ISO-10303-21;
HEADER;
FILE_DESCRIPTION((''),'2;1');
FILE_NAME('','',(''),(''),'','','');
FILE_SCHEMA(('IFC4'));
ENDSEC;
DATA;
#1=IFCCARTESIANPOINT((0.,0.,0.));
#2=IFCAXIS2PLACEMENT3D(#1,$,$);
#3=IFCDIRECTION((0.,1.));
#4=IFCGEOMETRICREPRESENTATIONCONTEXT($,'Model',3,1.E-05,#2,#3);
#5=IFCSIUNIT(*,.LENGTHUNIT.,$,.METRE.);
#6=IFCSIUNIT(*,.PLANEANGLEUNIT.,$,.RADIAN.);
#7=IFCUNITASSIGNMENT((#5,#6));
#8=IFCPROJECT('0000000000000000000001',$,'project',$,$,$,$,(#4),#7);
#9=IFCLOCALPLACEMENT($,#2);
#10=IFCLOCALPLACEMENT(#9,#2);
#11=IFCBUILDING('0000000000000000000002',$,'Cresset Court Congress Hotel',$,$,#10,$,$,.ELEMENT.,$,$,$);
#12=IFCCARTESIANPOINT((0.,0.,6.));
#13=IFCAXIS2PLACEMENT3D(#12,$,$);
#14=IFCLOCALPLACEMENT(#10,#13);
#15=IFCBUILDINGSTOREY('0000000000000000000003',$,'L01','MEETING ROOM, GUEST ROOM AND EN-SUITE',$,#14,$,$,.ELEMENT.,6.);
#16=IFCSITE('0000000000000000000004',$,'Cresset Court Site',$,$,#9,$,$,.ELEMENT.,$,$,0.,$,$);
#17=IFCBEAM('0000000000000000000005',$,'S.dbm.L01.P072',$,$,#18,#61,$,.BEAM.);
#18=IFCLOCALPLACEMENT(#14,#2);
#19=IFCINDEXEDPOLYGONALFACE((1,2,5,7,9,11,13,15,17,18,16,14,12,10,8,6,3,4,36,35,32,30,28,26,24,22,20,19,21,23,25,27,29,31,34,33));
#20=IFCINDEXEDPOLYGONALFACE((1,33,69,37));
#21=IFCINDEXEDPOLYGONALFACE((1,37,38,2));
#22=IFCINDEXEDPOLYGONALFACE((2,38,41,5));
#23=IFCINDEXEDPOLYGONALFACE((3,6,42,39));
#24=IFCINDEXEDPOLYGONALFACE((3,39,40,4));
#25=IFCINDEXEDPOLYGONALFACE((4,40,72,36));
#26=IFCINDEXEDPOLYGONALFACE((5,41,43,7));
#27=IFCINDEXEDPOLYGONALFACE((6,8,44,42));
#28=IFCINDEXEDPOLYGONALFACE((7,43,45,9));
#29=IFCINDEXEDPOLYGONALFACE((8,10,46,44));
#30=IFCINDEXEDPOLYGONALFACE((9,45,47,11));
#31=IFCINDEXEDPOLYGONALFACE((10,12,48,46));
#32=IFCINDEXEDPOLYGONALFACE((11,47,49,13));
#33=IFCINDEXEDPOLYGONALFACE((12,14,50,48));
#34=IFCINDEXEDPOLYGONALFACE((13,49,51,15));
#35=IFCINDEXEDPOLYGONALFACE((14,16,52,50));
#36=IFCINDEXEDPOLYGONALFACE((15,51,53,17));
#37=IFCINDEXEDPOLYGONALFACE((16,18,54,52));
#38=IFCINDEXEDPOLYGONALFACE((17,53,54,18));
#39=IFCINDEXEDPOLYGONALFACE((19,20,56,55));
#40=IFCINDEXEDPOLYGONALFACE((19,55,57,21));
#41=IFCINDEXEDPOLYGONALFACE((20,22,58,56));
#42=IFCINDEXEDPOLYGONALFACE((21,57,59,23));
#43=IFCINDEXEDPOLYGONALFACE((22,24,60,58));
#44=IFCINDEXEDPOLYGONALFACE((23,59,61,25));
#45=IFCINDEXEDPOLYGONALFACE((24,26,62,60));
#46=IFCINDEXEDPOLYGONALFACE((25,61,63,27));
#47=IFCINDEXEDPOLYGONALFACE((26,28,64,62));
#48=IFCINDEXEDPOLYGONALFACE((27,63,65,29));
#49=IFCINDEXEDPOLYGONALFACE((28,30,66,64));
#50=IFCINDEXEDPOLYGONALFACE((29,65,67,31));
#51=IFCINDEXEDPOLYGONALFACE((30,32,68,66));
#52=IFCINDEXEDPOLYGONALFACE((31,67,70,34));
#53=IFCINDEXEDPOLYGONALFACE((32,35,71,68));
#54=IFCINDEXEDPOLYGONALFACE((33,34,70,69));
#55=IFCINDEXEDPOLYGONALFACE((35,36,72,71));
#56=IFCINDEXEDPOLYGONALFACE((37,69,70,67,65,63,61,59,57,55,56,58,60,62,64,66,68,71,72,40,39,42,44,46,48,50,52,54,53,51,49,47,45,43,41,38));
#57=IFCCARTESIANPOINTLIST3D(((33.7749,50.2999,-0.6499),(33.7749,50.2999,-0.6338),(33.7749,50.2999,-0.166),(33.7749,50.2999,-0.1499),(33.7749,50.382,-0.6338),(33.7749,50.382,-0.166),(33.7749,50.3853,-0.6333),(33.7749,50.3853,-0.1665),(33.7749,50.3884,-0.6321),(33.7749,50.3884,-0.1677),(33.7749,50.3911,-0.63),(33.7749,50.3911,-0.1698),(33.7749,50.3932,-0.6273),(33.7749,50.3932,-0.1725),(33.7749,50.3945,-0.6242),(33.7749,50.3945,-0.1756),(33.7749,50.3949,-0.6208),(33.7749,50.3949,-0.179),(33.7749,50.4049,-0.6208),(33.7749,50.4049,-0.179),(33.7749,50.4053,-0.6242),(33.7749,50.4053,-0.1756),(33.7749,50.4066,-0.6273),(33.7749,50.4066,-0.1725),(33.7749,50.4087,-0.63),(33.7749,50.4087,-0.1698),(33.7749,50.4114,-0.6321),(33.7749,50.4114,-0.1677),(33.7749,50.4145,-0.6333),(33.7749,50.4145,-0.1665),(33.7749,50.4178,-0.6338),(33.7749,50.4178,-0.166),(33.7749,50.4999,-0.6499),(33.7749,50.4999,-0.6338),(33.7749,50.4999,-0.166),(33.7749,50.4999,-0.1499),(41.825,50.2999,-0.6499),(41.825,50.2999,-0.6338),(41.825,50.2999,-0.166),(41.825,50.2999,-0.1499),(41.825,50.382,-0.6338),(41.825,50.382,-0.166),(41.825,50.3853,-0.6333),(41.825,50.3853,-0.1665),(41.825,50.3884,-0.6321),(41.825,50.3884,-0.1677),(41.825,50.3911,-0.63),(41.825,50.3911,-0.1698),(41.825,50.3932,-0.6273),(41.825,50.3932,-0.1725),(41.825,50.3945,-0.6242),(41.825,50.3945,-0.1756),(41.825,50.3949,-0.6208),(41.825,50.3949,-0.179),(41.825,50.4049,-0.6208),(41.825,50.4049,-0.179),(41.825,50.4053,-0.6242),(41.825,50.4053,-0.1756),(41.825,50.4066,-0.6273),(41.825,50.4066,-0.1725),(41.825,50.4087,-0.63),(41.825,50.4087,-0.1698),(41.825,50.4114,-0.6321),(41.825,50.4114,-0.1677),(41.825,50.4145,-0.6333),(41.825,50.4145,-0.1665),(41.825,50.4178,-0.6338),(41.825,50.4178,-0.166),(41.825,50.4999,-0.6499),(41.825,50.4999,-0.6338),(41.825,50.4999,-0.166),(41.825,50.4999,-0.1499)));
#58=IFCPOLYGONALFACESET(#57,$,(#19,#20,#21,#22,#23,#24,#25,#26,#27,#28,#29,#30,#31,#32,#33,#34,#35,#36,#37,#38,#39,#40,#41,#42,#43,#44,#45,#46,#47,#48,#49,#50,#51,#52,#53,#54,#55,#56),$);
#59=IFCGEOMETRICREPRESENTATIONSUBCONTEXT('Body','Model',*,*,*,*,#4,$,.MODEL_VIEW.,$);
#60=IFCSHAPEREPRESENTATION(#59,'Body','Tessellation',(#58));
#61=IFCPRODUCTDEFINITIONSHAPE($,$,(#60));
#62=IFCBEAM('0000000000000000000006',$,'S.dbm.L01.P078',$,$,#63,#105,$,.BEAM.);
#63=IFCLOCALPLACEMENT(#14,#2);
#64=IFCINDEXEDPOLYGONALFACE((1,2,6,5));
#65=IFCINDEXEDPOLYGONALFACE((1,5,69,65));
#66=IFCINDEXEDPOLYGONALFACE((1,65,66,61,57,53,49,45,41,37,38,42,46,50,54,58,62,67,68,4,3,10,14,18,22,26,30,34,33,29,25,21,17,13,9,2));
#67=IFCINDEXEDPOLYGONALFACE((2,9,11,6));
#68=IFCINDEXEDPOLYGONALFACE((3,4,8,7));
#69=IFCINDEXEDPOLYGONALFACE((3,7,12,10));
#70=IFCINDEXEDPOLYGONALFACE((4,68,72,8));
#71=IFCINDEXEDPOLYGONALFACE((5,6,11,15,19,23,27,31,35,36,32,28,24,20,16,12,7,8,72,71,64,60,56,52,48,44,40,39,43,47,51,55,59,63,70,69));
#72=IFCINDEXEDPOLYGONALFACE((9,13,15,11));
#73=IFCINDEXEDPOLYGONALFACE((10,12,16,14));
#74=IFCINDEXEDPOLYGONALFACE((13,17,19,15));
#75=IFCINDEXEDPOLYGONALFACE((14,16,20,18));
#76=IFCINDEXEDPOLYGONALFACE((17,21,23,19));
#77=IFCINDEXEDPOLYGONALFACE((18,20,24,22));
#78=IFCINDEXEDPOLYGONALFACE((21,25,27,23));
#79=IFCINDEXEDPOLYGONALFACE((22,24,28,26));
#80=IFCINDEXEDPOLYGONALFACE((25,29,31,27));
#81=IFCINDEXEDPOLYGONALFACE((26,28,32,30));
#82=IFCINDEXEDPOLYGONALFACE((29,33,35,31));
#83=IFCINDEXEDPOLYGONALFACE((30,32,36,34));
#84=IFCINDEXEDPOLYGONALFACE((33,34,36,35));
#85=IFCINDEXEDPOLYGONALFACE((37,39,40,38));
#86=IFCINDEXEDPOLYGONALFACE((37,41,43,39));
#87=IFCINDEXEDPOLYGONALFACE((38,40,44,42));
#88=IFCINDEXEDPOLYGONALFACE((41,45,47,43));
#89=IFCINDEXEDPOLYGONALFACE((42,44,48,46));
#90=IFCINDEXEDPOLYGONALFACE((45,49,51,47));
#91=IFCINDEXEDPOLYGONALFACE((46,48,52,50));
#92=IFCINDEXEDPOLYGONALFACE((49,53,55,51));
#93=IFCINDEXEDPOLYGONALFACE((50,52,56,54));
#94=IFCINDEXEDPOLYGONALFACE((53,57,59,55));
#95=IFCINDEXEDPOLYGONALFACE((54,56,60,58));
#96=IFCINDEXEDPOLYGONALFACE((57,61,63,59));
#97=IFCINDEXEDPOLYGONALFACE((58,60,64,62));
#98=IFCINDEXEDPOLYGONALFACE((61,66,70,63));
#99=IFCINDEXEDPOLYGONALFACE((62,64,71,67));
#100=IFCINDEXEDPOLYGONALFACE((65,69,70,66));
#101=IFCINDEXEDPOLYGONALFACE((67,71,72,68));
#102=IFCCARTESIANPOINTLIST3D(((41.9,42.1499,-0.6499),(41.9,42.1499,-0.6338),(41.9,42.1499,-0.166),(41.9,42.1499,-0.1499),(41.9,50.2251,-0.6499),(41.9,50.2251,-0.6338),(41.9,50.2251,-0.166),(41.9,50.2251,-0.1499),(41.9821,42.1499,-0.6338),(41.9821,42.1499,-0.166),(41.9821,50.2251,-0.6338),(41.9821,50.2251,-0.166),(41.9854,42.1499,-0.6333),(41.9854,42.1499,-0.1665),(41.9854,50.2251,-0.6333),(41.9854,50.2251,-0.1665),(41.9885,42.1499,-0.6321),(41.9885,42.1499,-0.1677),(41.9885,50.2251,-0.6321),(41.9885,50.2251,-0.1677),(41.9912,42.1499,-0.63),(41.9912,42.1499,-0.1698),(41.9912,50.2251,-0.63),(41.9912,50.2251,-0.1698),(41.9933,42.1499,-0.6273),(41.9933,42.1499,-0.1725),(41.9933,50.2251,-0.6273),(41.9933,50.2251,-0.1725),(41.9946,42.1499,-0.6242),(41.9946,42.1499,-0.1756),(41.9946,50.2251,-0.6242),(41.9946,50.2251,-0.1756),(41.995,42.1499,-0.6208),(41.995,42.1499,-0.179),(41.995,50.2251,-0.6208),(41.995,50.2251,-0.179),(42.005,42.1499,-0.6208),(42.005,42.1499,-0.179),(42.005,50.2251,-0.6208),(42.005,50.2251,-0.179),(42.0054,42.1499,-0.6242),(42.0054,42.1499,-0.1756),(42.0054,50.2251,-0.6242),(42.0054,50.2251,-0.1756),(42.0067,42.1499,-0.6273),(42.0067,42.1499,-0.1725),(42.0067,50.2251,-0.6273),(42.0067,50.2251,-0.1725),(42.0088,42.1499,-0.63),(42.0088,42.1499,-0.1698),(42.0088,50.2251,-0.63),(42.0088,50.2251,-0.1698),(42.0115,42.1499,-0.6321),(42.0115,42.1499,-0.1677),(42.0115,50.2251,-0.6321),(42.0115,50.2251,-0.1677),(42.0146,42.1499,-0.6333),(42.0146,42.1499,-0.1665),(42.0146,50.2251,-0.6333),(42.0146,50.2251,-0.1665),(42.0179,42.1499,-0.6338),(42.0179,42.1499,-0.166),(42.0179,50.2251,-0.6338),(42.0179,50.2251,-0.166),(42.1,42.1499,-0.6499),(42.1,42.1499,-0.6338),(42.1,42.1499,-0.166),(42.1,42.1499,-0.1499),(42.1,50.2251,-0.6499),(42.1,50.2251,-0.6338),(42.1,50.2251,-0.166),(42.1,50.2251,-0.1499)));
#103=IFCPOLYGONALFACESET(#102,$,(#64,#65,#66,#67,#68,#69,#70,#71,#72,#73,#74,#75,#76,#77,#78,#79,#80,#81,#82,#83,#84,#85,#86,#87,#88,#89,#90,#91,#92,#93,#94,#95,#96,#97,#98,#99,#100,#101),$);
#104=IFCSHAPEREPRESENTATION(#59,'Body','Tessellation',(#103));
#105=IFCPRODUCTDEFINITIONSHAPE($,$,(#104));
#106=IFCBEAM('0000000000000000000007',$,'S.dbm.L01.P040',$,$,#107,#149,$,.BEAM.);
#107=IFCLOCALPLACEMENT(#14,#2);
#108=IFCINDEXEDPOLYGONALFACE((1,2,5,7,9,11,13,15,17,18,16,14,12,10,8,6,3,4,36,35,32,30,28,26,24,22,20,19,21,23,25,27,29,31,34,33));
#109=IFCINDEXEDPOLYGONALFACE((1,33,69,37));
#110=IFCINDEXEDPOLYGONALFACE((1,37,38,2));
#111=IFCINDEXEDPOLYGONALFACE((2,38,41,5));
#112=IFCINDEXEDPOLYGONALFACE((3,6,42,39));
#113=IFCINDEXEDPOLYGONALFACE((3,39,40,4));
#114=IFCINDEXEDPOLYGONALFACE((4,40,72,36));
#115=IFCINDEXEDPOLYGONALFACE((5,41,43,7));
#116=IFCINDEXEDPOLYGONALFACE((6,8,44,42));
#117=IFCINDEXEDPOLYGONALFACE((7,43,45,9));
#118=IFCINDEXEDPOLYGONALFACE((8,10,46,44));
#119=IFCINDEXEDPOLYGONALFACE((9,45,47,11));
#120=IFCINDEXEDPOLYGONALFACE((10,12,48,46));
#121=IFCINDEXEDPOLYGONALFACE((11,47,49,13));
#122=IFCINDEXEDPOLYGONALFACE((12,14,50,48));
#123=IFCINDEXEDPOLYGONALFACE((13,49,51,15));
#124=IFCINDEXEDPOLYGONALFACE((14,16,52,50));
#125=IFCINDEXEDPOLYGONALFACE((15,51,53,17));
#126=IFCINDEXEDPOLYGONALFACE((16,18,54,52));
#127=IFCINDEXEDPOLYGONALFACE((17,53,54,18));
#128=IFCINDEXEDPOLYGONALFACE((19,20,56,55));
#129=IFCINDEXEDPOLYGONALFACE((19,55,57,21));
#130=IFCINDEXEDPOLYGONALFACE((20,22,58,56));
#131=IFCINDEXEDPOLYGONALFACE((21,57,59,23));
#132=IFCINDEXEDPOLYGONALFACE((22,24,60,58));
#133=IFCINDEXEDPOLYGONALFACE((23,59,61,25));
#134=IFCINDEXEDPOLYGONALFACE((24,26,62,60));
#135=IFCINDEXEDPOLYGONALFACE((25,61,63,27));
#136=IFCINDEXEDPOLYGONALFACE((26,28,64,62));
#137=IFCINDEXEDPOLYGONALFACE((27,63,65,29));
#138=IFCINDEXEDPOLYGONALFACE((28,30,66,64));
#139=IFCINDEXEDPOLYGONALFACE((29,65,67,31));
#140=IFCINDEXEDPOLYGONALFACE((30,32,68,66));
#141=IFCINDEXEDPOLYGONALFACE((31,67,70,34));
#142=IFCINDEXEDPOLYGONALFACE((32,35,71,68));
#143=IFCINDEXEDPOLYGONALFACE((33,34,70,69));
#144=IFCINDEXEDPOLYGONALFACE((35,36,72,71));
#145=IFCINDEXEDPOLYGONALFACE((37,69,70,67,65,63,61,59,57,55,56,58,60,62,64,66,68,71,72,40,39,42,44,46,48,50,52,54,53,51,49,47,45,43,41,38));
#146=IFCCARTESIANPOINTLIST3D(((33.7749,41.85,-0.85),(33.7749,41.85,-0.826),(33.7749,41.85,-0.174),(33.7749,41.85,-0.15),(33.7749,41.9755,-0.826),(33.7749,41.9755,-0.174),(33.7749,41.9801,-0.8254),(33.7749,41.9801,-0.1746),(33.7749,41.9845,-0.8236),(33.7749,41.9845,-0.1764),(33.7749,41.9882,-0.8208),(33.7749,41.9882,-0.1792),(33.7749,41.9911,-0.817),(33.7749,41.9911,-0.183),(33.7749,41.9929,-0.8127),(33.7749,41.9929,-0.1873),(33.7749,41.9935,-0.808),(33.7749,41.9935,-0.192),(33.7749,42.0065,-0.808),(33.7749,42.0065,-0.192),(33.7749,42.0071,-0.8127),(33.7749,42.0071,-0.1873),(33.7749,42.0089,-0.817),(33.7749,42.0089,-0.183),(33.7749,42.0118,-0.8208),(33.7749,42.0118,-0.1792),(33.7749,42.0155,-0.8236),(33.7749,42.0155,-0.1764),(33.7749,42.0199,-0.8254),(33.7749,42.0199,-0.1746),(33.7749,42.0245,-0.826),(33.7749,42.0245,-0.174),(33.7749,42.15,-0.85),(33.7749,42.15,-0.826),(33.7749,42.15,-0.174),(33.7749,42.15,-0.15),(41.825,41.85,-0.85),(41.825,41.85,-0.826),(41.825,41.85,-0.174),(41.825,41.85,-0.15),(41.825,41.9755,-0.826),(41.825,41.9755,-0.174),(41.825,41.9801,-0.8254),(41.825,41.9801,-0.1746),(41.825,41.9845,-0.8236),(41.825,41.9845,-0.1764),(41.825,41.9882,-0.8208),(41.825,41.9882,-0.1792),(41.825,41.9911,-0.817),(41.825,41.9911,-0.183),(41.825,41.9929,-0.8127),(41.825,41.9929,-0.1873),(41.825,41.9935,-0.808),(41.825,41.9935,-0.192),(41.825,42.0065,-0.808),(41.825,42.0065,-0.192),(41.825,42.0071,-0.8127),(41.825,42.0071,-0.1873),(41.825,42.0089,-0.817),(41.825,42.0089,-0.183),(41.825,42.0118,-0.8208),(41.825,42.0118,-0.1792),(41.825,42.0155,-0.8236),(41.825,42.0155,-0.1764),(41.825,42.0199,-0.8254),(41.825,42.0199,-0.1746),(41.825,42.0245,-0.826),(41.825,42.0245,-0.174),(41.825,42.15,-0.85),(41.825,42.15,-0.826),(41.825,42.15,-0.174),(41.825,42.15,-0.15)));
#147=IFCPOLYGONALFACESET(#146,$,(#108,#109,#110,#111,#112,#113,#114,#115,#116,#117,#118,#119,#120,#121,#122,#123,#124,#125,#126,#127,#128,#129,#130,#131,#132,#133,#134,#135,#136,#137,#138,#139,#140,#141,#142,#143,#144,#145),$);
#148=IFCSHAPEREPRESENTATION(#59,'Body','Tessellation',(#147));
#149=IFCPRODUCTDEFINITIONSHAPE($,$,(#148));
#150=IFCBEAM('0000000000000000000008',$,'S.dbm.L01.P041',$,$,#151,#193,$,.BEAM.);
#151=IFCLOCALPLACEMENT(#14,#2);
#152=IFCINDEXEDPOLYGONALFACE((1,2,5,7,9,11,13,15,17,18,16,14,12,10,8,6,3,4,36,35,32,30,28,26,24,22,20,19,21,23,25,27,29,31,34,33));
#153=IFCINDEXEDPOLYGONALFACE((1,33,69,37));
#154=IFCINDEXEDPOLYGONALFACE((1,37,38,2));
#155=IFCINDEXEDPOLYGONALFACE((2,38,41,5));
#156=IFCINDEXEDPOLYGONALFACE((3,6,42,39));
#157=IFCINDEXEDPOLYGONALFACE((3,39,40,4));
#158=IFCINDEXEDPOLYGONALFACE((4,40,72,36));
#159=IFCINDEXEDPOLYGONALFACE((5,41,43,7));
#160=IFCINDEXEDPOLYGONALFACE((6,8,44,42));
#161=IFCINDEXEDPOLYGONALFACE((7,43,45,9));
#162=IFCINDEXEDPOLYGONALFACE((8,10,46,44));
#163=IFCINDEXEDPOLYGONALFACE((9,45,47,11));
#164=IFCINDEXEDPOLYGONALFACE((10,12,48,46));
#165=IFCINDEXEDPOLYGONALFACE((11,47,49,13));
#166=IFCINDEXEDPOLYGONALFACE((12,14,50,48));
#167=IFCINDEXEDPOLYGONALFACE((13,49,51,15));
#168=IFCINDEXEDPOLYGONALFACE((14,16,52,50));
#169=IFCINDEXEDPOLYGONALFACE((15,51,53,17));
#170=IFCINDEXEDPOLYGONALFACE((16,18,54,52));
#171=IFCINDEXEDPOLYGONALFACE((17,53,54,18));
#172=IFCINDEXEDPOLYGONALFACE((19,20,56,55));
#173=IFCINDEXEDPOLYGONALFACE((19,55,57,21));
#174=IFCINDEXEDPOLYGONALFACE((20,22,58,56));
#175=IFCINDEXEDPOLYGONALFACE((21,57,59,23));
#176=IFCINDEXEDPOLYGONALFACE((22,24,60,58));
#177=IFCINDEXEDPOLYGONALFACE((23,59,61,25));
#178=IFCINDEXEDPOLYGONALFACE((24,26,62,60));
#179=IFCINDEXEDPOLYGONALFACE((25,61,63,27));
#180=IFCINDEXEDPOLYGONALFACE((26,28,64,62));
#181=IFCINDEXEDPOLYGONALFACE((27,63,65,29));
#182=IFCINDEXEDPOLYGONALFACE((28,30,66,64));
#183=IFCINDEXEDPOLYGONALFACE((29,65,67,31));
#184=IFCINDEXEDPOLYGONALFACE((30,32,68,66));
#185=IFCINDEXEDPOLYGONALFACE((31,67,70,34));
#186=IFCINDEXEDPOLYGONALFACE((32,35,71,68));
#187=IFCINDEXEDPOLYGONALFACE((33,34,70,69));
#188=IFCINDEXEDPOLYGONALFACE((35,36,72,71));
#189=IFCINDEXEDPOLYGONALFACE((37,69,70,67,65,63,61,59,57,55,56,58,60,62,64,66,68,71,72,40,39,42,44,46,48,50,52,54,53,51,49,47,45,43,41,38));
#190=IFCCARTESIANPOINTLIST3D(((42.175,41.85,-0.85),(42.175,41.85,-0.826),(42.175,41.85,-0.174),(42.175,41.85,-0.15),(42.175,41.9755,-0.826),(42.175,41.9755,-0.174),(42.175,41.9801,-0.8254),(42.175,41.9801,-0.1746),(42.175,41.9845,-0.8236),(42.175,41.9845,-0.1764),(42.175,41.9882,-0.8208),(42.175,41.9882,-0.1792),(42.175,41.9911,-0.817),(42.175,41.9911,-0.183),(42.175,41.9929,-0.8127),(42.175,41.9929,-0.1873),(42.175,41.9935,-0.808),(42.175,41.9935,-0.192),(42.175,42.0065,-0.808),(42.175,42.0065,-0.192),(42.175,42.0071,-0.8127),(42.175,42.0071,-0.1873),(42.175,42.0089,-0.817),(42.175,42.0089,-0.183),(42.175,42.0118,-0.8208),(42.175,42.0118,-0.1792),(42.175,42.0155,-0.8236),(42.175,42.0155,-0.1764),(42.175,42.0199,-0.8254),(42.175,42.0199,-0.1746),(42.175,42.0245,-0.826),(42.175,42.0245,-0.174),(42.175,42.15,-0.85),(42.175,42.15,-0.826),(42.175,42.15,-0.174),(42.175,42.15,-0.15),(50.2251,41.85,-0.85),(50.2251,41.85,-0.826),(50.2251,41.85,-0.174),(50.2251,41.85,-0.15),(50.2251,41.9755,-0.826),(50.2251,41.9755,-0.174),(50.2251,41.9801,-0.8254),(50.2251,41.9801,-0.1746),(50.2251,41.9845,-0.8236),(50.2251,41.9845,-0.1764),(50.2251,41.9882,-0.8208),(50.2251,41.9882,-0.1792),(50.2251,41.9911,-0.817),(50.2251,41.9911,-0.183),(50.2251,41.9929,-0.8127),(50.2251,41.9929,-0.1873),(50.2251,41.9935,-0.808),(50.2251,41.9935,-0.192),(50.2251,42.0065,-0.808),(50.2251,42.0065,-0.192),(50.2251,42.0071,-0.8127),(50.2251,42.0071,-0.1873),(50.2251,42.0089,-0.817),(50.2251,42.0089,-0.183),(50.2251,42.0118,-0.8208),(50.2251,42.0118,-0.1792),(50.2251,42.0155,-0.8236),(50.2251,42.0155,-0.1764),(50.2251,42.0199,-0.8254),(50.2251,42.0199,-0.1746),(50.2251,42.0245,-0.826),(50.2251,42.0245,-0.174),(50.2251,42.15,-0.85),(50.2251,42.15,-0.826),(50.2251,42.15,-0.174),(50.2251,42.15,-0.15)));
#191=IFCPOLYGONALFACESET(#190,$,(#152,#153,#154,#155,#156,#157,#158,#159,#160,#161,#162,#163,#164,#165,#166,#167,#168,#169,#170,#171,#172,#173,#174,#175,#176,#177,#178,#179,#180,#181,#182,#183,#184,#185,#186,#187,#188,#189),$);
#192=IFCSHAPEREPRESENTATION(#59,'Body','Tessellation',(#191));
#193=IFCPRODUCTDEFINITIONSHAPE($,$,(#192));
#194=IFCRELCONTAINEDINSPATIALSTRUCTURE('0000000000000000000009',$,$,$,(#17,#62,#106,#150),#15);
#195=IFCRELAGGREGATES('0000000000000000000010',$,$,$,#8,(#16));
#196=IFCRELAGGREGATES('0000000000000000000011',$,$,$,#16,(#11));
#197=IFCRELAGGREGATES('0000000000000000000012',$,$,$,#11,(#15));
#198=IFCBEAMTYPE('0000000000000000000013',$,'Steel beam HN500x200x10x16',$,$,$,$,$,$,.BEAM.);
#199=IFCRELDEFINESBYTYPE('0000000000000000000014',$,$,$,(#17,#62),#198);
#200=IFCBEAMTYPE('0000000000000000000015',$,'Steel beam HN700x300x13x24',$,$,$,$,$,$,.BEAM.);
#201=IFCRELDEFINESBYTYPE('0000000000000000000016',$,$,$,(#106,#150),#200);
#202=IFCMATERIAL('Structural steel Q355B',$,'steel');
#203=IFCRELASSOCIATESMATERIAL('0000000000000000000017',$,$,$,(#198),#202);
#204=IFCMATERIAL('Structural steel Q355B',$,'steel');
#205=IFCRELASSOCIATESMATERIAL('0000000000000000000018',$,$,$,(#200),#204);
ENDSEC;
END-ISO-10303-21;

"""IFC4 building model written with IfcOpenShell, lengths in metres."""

from ifc_helpers import new_model, si_unit, direction, frame, origin, origin_2d, place, context, subcontext, project, spatial, i_section, extrude, material, material_profile, profile_set, type_object, element, save


model = new_model("IFC4")

# Units and contexts
model_context = context("Model", 3, precision=1e-05, world=origin(), true_north=direction((0.0, 1.0)))
body_context = subcontext(model_context, "Body", "Model", "MODEL_VIEW")
ifc_project = project(units=[si_unit("LENGTHUNIT", "METRE"), si_unit("PLANEANGLEUNIT", "RADIAN")], contexts=[model_context])

# Site, building, storey
site_placement = place(None, origin())
site = spatial("IfcSite", under=ifc_project, at=site_placement, Name="Cresset Court Site", CompositionType="ELEMENT", RefElevation=0.0)
building_placement = place(site_placement, origin())
building = spatial("IfcBuilding", under=site, at=building_placement, Name="Cresset Court Congress Hotel", CompositionType="ELEMENT")
storey_placement = place(building_placement, frame((0.0, 0.0, 6.0)))
storey = spatial("IfcBuildingStorey", under=building, at=storey_placement, Name="L01", Description="MEETING ROOM, GUEST ROOM AND EN-SUITE", CompositionType="ELEMENT", Elevation=6.0)

# Beams
ifc_material_1 = material(Name="Structural steel Q355B", Category="steel")
ifc_material_profile_1 = material_profile(ifc_material_1, i_section(OverallWidth=0.2, OverallDepth=0.5, WebThickness=0.01, FlangeThickness=0.0161, FilletRadius=0.0129, at=origin_2d()), Name="HN500x200x10x16")
ifc_profile_set_1 = profile_set([ifc_material_profile_1], Name="Structural steel Q355B")
beam_type_1 = type_object("IfcBeamType", Name="Steel beam HN500x200x10x16", PredefinedType="BEAM", material=ifc_profile_set_1)
beam_1_placement = place(storey_placement, frame((33.7749, 50.3999, -0.3999), z_axis=(1.0, 0.0, 0.0), x_axis=(0.0, 1.0, 0.0)))
element("IfcBeam", 1, at=beam_1_placement, inside=storey, type_object=beam_type_1, Name="S.dbm.L01.P072", PredefinedType="BEAM", context=body_context, shape_type="SweptSolid", body=[
    extrude(i_section(OverallWidth=0.2, OverallDepth=0.5, WebThickness=0.01, FlangeThickness=0.0161, FilletRadius=0.0129, at=origin_2d()), origin(), (0.0, 0.0, 1.0), 8.05),
])
beam_2_placement = place(storey_placement, frame((42.0, 42.1499, -0.3999), z_axis=(0.0, 1.0, 0.0), x_axis=(-1.0, 0.0, 0.0)))
element("IfcBeam", 2, at=beam_2_placement, inside=storey, type_object=beam_type_1, Name="S.dbm.L01.P078", PredefinedType="BEAM", context=body_context, shape_type="SweptSolid", body=[
    extrude(i_section(OverallWidth=0.2, OverallDepth=0.5, WebThickness=0.01, FlangeThickness=0.0161, FilletRadius=0.0129, at=origin_2d()), origin(), (0.0, 0.0, 1.0), 8.0752),
])
ifc_material_2 = material(Name="Structural steel Q355B", Category="steel")
ifc_material_profile_2 = material_profile(ifc_material_2, i_section(OverallWidth=0.3, OverallDepth=0.7, WebThickness=0.0129, FlangeThickness=0.0239, FilletRadius=0.0181, at=origin_2d()), Name="HN700x300x13x24")
ifc_profile_set_2 = profile_set([ifc_material_profile_2], Name="Structural steel Q355B")
beam_type_2 = type_object("IfcBeamType", Name="Steel beam HN700x300x13x24", PredefinedType="BEAM", material=ifc_profile_set_2)
for number, where, z_axis, x_axis, name in (
    (3, (33.7749, 42.0, -0.5), (1.0, 0.0, 0.0), (0.0, 1.0, 0.0), "S.dbm.L01.P040"),
    (4, (42.175, 42.0, -0.5), (1.0, 0.0, 0.0), (0.0, 1.0, 0.0), "S.dbm.L01.P041"),
):
    element("IfcBeam", number, at=place(storey_placement, frame(where, z_axis=z_axis, x_axis=x_axis)), inside=storey, type_object=beam_type_2, Name=name, PredefinedType="BEAM", context=body_context, shape_type="SweptSolid", body=[
        extrude(i_section(OverallWidth=0.3, OverallDepth=0.7, WebThickness=0.0129, FlangeThickness=0.0239, FilletRadius=0.0181, at=origin_2d()), origin(), (0.0, 0.0, 1.0), 8.05),
    ])

save(model, "model.ifc")
